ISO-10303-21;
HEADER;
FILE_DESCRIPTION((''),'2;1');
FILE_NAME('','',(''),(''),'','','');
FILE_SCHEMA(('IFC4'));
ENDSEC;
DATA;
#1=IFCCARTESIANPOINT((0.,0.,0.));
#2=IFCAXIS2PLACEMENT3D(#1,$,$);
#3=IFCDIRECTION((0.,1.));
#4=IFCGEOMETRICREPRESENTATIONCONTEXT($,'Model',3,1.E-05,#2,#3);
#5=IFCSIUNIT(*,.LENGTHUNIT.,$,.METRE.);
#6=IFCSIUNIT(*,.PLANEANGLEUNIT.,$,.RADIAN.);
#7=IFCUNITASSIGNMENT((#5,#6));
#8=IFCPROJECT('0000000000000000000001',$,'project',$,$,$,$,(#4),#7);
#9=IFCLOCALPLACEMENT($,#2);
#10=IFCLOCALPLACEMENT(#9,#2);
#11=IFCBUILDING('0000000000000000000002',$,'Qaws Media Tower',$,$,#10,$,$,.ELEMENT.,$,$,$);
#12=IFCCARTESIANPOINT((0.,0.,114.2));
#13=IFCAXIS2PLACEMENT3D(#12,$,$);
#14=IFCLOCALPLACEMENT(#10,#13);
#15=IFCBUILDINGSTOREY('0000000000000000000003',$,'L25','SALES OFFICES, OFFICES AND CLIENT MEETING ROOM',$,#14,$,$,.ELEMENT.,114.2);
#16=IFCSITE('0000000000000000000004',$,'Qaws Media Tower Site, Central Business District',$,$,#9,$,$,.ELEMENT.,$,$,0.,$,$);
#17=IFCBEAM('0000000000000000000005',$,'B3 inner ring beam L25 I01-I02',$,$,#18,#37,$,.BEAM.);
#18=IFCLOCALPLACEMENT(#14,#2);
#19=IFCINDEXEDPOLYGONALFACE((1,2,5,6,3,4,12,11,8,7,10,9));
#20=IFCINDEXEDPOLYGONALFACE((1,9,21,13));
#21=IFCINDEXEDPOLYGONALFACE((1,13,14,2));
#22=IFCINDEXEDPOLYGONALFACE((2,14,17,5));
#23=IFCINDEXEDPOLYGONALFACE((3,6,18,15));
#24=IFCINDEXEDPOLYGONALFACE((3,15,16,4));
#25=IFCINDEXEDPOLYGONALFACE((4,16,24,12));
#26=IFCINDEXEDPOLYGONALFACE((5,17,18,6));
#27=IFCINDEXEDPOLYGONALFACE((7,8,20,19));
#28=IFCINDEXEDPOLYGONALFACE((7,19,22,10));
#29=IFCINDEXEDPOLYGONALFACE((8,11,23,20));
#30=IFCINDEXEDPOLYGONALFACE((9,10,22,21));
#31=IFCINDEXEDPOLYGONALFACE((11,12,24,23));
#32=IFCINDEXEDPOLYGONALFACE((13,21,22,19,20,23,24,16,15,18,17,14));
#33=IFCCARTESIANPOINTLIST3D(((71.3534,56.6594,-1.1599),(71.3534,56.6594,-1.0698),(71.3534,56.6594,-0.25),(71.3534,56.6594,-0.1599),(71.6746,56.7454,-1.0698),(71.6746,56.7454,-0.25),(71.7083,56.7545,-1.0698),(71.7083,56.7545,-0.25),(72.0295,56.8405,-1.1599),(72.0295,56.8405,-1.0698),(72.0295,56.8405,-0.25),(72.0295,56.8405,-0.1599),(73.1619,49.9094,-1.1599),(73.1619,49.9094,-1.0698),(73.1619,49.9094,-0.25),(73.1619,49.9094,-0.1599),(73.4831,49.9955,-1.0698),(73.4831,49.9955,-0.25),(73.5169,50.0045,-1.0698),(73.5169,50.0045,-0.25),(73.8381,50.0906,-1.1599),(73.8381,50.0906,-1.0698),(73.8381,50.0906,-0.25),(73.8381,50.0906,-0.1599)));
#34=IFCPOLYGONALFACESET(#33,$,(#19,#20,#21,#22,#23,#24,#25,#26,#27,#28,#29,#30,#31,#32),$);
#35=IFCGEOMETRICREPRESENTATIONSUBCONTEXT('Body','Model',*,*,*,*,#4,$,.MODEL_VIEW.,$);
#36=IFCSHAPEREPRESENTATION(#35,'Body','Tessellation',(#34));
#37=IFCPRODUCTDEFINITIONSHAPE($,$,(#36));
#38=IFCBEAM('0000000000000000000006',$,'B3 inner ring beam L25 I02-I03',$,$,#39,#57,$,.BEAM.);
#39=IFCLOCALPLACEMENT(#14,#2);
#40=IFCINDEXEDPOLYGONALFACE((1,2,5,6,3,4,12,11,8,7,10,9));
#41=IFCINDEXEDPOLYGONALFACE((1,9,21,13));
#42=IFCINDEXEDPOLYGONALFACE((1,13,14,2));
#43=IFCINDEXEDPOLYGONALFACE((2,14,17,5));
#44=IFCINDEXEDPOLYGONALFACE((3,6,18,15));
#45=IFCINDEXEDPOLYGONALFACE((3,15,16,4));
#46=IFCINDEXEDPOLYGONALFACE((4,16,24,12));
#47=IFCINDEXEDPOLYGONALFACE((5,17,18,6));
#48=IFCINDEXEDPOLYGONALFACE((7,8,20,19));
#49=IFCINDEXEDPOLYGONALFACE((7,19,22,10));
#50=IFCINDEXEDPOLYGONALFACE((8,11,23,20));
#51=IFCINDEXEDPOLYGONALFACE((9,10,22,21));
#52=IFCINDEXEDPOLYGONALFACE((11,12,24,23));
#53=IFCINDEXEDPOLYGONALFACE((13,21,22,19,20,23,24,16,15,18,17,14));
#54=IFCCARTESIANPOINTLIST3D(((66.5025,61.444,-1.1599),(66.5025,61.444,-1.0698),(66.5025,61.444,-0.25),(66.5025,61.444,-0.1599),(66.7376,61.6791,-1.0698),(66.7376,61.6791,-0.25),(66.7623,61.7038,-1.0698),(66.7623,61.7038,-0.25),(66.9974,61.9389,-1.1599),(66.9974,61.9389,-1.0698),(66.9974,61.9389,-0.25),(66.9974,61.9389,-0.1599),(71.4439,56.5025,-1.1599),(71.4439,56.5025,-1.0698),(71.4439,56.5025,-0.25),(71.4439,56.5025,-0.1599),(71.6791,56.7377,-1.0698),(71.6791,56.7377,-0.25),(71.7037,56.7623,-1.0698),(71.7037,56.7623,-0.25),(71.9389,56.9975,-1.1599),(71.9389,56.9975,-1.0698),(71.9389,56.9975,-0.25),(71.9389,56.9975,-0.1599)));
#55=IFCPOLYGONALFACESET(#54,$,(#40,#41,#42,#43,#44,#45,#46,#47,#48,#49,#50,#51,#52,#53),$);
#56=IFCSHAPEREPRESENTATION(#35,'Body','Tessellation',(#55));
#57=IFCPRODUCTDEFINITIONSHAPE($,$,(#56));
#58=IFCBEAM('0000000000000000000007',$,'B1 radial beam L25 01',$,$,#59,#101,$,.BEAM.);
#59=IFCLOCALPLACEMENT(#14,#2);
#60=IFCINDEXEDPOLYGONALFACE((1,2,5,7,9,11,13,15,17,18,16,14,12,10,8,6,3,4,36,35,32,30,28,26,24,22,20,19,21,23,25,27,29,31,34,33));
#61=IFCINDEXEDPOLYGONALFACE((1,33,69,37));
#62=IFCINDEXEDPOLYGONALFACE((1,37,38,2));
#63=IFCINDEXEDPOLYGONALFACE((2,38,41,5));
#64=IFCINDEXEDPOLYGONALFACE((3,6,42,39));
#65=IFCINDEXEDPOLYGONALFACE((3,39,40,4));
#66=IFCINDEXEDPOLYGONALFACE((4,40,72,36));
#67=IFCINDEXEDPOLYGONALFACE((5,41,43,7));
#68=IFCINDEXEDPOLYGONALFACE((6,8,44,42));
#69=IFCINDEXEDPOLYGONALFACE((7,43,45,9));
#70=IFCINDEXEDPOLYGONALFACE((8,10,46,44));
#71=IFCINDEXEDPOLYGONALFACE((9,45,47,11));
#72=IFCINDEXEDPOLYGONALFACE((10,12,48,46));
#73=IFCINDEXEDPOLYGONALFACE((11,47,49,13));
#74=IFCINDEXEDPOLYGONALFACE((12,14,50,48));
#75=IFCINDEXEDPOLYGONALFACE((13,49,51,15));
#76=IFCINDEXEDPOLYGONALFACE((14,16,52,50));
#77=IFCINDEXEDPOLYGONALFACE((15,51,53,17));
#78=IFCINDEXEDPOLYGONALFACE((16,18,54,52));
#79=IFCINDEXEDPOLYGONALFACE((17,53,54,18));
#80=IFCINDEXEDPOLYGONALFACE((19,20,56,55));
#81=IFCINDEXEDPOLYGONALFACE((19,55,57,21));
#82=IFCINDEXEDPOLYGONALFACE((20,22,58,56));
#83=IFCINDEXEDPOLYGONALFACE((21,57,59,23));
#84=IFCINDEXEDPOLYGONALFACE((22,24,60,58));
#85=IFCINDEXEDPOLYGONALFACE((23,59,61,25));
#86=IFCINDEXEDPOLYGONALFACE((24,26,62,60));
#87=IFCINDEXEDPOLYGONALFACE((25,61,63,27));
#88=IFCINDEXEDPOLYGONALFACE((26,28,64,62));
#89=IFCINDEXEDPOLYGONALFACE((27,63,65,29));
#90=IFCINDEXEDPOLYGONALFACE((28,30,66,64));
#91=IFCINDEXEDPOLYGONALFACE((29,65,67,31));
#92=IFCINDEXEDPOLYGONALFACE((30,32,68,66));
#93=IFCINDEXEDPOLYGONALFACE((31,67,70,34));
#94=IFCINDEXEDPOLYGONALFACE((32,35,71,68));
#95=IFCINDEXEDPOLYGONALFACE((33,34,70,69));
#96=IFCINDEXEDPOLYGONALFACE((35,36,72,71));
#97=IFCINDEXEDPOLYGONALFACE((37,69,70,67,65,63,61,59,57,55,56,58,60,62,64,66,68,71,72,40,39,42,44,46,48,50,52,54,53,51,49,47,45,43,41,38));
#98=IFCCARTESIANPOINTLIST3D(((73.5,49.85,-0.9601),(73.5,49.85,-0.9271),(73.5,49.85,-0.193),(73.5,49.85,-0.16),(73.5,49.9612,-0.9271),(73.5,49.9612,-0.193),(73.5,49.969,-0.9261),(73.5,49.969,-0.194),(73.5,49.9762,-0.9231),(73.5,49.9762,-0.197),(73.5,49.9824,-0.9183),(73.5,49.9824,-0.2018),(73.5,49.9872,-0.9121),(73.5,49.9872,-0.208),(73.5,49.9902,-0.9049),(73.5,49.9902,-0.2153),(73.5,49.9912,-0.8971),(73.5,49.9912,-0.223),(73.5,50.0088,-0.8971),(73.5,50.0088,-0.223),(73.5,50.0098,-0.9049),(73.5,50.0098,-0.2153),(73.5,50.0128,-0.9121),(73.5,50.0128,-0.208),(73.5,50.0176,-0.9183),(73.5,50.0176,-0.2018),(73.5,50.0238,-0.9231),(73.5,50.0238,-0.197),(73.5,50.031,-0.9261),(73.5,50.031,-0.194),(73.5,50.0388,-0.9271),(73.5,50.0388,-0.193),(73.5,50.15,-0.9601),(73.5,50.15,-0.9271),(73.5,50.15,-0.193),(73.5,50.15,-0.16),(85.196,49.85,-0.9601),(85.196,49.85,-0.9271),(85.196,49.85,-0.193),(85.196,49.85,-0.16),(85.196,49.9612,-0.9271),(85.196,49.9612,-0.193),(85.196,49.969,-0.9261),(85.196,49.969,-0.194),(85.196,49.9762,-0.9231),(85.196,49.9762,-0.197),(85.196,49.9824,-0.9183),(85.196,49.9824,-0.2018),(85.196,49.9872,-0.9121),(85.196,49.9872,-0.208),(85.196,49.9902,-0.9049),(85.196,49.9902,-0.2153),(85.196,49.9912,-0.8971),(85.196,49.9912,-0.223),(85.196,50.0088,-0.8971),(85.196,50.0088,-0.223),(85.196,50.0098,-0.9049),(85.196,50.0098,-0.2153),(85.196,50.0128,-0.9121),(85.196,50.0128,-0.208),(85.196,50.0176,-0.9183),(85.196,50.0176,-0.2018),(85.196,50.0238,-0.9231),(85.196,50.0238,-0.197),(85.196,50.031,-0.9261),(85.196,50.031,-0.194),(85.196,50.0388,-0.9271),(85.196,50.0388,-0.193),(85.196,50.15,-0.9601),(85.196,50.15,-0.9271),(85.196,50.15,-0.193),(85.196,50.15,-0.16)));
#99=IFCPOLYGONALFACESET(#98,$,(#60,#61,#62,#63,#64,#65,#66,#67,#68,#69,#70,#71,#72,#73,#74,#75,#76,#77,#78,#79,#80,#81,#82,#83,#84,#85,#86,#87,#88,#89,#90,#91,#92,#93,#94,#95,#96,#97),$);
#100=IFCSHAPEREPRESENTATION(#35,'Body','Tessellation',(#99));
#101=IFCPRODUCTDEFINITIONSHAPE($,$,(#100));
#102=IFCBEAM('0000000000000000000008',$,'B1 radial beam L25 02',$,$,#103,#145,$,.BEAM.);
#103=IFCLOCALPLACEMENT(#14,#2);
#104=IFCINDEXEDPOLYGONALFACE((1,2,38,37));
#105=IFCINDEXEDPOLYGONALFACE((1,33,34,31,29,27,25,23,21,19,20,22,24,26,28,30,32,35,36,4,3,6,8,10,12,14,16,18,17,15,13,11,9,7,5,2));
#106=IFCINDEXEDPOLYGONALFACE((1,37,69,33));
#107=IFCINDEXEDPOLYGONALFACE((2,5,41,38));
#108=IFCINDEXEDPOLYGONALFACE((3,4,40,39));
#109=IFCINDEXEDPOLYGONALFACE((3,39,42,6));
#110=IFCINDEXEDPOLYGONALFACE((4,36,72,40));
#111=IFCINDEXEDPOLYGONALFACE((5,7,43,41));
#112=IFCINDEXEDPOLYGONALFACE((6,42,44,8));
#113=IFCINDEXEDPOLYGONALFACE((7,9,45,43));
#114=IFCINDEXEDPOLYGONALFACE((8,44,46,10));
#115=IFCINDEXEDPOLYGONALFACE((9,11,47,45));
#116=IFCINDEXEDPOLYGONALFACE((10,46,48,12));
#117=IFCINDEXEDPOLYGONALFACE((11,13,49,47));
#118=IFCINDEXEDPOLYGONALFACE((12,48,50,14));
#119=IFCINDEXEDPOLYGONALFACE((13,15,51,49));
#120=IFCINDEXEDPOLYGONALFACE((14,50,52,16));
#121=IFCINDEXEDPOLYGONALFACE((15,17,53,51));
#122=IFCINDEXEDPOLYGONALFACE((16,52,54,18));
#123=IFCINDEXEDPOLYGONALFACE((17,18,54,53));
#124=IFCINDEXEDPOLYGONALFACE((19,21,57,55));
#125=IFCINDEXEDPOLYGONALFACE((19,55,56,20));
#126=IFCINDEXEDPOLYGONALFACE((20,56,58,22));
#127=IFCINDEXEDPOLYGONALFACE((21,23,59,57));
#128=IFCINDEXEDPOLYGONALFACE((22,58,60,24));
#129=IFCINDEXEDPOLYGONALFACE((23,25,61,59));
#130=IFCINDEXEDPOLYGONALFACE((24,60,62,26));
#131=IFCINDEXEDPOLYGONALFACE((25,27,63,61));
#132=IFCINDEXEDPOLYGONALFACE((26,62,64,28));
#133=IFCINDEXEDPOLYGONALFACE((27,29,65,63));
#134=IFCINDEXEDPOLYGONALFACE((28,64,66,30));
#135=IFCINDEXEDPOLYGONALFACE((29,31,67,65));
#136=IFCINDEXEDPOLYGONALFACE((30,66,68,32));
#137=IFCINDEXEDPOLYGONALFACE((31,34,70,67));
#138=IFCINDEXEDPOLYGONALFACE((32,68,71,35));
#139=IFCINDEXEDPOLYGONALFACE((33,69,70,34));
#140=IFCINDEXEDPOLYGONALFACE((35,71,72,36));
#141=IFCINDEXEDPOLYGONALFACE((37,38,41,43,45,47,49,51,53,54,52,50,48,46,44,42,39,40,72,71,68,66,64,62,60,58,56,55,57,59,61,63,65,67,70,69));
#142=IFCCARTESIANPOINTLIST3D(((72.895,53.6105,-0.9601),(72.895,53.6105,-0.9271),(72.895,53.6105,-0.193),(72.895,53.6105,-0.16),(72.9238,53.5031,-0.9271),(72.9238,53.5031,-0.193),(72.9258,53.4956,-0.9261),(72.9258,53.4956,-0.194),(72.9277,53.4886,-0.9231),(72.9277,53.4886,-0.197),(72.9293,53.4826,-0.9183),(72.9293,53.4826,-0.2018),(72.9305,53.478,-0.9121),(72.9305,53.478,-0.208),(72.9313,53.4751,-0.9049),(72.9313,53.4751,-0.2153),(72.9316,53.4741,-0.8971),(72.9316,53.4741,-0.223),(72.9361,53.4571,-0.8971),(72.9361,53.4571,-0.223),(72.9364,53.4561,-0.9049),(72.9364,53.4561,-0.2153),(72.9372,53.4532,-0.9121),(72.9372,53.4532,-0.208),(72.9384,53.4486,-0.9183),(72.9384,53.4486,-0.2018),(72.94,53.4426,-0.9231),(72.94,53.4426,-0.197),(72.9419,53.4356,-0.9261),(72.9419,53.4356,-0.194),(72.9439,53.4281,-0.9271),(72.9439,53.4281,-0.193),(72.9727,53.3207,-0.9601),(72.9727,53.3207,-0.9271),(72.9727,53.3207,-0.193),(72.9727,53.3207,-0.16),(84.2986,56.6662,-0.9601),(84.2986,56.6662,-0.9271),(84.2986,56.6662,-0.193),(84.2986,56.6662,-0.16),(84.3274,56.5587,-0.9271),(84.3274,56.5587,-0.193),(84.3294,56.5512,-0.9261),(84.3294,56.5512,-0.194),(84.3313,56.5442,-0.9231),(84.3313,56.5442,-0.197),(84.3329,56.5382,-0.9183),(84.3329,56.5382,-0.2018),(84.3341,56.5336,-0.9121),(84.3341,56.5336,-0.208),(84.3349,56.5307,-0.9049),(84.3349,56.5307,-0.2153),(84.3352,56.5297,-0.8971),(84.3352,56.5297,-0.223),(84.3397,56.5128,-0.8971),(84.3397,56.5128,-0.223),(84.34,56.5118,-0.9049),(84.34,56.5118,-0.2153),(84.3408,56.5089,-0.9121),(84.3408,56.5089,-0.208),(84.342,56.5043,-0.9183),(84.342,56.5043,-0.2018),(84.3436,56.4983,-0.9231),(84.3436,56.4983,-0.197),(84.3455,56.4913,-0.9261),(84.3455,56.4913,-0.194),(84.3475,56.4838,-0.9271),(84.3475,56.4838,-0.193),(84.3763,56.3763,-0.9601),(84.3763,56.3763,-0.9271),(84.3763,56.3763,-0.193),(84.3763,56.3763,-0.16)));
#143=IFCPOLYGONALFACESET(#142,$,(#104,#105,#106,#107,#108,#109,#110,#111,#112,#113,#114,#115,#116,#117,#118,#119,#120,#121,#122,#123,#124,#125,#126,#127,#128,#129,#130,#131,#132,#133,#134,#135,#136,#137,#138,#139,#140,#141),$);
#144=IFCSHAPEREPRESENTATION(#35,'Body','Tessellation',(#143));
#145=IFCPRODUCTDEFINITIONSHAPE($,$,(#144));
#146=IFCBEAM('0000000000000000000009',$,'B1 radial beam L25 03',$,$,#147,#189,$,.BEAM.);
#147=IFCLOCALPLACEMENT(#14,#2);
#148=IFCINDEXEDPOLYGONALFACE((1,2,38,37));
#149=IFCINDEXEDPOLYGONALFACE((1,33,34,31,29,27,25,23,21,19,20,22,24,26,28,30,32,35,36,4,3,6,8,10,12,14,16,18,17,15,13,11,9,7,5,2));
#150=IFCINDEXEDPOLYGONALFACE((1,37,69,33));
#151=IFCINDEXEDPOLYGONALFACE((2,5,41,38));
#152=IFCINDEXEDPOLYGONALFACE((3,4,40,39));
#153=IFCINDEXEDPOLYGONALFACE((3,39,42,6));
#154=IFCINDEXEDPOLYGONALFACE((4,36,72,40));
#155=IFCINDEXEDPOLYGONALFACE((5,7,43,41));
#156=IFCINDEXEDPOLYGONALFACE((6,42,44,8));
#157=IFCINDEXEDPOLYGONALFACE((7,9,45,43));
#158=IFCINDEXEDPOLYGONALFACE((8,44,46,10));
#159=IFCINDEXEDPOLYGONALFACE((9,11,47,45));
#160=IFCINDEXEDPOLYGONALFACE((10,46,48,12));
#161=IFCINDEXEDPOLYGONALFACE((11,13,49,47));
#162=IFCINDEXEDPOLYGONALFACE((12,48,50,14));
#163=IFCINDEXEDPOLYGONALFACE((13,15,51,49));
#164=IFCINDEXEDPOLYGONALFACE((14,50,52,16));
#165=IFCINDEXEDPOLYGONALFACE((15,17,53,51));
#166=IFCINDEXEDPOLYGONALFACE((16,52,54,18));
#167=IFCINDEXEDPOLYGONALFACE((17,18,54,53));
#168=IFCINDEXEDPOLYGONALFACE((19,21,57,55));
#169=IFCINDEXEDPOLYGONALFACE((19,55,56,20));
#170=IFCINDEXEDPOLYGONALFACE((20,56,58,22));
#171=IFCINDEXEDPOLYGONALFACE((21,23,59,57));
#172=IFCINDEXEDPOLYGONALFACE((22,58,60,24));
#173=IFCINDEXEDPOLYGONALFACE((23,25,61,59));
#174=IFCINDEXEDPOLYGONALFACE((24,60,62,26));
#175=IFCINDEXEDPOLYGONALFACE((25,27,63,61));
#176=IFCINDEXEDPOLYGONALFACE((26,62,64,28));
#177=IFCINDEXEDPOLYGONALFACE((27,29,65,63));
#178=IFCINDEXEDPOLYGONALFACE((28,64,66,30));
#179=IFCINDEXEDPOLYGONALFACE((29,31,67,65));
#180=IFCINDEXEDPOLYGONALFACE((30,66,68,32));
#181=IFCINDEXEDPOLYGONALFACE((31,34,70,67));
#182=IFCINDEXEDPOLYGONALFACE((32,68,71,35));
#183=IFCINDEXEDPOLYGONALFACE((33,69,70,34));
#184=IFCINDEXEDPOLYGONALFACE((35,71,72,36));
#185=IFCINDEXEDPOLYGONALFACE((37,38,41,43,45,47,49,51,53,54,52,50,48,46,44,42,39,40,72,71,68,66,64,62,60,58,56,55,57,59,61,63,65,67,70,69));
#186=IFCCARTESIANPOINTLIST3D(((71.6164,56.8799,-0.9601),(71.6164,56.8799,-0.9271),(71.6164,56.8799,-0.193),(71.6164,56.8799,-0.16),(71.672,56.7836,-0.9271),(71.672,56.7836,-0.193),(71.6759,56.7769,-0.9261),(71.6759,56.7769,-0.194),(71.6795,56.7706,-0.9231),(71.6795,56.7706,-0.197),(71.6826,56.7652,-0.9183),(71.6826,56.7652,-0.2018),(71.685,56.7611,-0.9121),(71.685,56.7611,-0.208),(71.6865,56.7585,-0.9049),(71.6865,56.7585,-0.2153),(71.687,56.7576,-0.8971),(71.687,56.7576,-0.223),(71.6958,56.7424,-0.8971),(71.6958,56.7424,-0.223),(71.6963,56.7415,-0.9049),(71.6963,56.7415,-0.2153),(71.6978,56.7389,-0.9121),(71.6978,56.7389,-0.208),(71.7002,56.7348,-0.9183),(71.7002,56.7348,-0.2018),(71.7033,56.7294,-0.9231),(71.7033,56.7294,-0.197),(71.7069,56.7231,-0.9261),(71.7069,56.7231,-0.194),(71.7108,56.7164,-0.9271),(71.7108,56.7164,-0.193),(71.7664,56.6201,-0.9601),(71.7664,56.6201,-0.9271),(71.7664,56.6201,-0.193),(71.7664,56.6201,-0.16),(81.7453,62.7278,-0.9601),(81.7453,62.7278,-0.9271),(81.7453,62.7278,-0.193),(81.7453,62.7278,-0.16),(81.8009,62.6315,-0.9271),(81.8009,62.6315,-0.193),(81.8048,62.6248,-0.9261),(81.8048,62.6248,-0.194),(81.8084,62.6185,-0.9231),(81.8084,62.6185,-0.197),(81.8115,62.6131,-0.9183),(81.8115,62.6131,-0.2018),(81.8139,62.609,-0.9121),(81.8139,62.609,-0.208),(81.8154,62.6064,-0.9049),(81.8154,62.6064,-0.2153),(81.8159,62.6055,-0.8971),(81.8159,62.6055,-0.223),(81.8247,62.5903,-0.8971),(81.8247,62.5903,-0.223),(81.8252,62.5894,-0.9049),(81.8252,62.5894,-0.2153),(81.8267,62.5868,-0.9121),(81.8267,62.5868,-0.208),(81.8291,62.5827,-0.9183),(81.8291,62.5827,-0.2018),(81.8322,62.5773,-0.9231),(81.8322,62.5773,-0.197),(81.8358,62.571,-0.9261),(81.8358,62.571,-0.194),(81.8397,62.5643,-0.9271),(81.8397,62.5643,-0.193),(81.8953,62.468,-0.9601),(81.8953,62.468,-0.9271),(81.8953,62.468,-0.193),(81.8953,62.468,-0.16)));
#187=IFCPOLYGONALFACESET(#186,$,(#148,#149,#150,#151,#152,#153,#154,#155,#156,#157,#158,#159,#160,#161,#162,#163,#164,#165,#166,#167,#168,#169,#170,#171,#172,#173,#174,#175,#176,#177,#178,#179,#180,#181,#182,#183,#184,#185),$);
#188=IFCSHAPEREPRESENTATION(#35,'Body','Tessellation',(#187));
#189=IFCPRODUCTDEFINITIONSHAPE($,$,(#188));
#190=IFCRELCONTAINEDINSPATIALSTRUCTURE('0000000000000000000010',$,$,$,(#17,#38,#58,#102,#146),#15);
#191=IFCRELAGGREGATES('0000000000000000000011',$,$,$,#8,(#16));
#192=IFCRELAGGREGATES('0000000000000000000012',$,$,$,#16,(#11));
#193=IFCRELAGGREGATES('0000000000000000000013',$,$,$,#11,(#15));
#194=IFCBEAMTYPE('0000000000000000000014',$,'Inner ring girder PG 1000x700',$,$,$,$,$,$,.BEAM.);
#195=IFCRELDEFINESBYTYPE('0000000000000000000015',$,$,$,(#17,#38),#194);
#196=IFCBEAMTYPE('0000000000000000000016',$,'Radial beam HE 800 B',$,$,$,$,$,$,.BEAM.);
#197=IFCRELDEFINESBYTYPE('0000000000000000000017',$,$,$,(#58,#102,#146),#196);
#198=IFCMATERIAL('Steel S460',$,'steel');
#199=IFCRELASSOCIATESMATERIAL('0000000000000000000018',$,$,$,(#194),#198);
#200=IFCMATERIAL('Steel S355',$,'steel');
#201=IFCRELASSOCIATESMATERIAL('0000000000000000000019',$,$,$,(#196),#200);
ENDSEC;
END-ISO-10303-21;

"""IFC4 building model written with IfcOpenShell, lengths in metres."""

from ifc_helpers import new_model, si_unit, direction, frame, origin, origin_2d, place, context, subcontext, project, spatial, i_section, extrude, material, material_profile, profile_set, type_object, element, save


model = new_model("IFC4")

# Units and contexts
model_context = context("Model", 3, precision=1e-05, world=origin(), true_north=direction((0.0, 1.0)))
body_context = subcontext(model_context, "Body", "Model", "MODEL_VIEW")
ifc_project = project(units=[si_unit("LENGTHUNIT", "METRE"), si_unit("PLANEANGLEUNIT", "RADIAN")], contexts=[model_context])

# Site, building, storey
site_placement = place(None, origin())
site = spatial("IfcSite", under=ifc_project, at=site_placement, Name="Qaws Media Tower Site, Central Business District", CompositionType="ELEMENT", RefElevation=0.0)
building_placement = place(site_placement, origin())
building = spatial("IfcBuilding", under=site, at=building_placement, Name="Qaws Media Tower", CompositionType="ELEMENT")
storey_placement = place(building_placement, frame((0.0, 0.0, 114.2)))
storey = spatial("IfcBuildingStorey", under=building, at=storey_placement, Name="L25", Description="SALES OFFICES, OFFICES AND CLIENT MEETING ROOM", CompositionType="ELEMENT", Elevation=114.2)

# Beams
ifc_material_1 = material(Name="Steel S460", Category="steel")
ifc_material_profile_1 = material_profile(ifc_material_1, i_section(OverallWidth=0.7, OverallDepth=1.0, WebThickness=0.0349, FlangeThickness=0.0901, at=origin_2d()), Name="PG 1000x700")
ifc_profile_set_1 = profile_set([ifc_material_profile_1], Name="Steel S460")
beam_type_1 = type_object("IfcBeamType", Name="Inner ring girder PG 1000x700", PredefinedType="BEAM", material=ifc_profile_set_1)
beam_1_placement = place(storey_placement, frame((73.5, 50.0, -0.6599), z_axis=(-0.258811, 0.965928, 0.0), x_axis=(-0.965928, -0.258811, 0.0)))
element("IfcBeam", 1, at=beam_1_placement, inside=storey, type_object=beam_type_1, Name="B3 inner ring beam L25 I01-I02", PredefinedType="BEAM", context=body_context, shape_type="SweptSolid", body=[
    extrude(i_section(OverallWidth=0.7, OverallDepth=1.0, WebThickness=0.0349, FlangeThickness=0.0901, at=origin_2d()), origin(), (0.0, 0.0, 1.0), 6.988),
])
beam_2_placement = place(storey_placement, frame((71.6914, 56.75, -0.6599), z_axis=(-0.707107, 0.707107, 0.0), x_axis=(-0.707107, -0.707107, 0.0)))
element("IfcBeam", 2, at=beam_2_placement, inside=storey, type_object=beam_type_1, Name="B3 inner ring beam L25 I02-I03", PredefinedType="BEAM", context=body_context, shape_type="SweptSolid", body=[
    extrude(i_section(OverallWidth=0.7, OverallDepth=1.0, WebThickness=0.0349, FlangeThickness=0.0901, at=origin_2d()), origin(), (0.0, 0.0, 1.0), 6.9883),
])
ifc_material_2 = material(Name="Steel S355", Category="steel")
ifc_material_profile_2 = material_profile(ifc_material_2, i_section(OverallWidth=0.3, OverallDepth=0.8, WebThickness=0.0176, FlangeThickness=0.033, FilletRadius=0.03, at=origin_2d()), Name="HE 800 B")
ifc_profile_set_2 = profile_set([ifc_material_profile_2], Name="Steel S355")
beam_type_2 = type_object("IfcBeamType", Name="Radial beam HE 800 B", PredefinedType="BEAM", material=ifc_profile_set_2)
beam_3_placement = place(storey_placement, frame((73.5, 50.0, -0.5601), z_axis=(1.0, 0.0, 0.0), x_axis=(0.0, 1.0, 0.0)))
element("IfcBeam", 3, at=beam_3_placement, inside=storey, type_object=beam_type_2, Name="B1 radial beam L25 01", PredefinedType="BEAM", context=body_context, shape_type="SweptSolid", body=[
    extrude(i_section(OverallWidth=0.3, OverallDepth=0.8, WebThickness=0.0176, FlangeThickness=0.033, FilletRadius=0.03, at=origin_2d()), origin(), (0.0, 0.0, 1.0), 11.696),
])
beam_4_placement = place(storey_placement, frame((72.9338, 53.4656, -0.5601), z_axis=(0.965924, 0.258826, 0.0), x_axis=(-0.258826, 0.965924, 0.0)))
element("IfcBeam", 4, at=beam_4_placement, inside=storey, type_object=beam_type_2, Name="B1 radial beam L25 02", PredefinedType="BEAM", context=body_context, shape_type="SweptSolid", body=[
    extrude(i_section(OverallWidth=0.3, OverallDepth=0.8, WebThickness=0.0176, FlangeThickness=0.033, FilletRadius=0.03, at=origin_2d()), origin(), (0.0, 0.0, 1.0), 11.8059),
])
beam_5_placement = place(storey_placement, frame((71.6914, 56.75, -0.5601), z_axis=(0.866026, 0.499998, 0.0), x_axis=(-0.499998, 0.866026, 0.0)))
element("IfcBeam", 5, at=beam_5_placement, inside=storey, type_object=beam_type_2, Name="B1 radial beam L25 03", PredefinedType="BEAM", context=body_context, shape_type="SweptSolid", body=[
    extrude(i_section(OverallWidth=0.3, OverallDepth=0.8, WebThickness=0.0176, FlangeThickness=0.033, FilletRadius=0.03, at=origin_2d()), origin(), (0.0, 0.0, 1.0), 11.6958),
])

save(model, "model.ifc")
